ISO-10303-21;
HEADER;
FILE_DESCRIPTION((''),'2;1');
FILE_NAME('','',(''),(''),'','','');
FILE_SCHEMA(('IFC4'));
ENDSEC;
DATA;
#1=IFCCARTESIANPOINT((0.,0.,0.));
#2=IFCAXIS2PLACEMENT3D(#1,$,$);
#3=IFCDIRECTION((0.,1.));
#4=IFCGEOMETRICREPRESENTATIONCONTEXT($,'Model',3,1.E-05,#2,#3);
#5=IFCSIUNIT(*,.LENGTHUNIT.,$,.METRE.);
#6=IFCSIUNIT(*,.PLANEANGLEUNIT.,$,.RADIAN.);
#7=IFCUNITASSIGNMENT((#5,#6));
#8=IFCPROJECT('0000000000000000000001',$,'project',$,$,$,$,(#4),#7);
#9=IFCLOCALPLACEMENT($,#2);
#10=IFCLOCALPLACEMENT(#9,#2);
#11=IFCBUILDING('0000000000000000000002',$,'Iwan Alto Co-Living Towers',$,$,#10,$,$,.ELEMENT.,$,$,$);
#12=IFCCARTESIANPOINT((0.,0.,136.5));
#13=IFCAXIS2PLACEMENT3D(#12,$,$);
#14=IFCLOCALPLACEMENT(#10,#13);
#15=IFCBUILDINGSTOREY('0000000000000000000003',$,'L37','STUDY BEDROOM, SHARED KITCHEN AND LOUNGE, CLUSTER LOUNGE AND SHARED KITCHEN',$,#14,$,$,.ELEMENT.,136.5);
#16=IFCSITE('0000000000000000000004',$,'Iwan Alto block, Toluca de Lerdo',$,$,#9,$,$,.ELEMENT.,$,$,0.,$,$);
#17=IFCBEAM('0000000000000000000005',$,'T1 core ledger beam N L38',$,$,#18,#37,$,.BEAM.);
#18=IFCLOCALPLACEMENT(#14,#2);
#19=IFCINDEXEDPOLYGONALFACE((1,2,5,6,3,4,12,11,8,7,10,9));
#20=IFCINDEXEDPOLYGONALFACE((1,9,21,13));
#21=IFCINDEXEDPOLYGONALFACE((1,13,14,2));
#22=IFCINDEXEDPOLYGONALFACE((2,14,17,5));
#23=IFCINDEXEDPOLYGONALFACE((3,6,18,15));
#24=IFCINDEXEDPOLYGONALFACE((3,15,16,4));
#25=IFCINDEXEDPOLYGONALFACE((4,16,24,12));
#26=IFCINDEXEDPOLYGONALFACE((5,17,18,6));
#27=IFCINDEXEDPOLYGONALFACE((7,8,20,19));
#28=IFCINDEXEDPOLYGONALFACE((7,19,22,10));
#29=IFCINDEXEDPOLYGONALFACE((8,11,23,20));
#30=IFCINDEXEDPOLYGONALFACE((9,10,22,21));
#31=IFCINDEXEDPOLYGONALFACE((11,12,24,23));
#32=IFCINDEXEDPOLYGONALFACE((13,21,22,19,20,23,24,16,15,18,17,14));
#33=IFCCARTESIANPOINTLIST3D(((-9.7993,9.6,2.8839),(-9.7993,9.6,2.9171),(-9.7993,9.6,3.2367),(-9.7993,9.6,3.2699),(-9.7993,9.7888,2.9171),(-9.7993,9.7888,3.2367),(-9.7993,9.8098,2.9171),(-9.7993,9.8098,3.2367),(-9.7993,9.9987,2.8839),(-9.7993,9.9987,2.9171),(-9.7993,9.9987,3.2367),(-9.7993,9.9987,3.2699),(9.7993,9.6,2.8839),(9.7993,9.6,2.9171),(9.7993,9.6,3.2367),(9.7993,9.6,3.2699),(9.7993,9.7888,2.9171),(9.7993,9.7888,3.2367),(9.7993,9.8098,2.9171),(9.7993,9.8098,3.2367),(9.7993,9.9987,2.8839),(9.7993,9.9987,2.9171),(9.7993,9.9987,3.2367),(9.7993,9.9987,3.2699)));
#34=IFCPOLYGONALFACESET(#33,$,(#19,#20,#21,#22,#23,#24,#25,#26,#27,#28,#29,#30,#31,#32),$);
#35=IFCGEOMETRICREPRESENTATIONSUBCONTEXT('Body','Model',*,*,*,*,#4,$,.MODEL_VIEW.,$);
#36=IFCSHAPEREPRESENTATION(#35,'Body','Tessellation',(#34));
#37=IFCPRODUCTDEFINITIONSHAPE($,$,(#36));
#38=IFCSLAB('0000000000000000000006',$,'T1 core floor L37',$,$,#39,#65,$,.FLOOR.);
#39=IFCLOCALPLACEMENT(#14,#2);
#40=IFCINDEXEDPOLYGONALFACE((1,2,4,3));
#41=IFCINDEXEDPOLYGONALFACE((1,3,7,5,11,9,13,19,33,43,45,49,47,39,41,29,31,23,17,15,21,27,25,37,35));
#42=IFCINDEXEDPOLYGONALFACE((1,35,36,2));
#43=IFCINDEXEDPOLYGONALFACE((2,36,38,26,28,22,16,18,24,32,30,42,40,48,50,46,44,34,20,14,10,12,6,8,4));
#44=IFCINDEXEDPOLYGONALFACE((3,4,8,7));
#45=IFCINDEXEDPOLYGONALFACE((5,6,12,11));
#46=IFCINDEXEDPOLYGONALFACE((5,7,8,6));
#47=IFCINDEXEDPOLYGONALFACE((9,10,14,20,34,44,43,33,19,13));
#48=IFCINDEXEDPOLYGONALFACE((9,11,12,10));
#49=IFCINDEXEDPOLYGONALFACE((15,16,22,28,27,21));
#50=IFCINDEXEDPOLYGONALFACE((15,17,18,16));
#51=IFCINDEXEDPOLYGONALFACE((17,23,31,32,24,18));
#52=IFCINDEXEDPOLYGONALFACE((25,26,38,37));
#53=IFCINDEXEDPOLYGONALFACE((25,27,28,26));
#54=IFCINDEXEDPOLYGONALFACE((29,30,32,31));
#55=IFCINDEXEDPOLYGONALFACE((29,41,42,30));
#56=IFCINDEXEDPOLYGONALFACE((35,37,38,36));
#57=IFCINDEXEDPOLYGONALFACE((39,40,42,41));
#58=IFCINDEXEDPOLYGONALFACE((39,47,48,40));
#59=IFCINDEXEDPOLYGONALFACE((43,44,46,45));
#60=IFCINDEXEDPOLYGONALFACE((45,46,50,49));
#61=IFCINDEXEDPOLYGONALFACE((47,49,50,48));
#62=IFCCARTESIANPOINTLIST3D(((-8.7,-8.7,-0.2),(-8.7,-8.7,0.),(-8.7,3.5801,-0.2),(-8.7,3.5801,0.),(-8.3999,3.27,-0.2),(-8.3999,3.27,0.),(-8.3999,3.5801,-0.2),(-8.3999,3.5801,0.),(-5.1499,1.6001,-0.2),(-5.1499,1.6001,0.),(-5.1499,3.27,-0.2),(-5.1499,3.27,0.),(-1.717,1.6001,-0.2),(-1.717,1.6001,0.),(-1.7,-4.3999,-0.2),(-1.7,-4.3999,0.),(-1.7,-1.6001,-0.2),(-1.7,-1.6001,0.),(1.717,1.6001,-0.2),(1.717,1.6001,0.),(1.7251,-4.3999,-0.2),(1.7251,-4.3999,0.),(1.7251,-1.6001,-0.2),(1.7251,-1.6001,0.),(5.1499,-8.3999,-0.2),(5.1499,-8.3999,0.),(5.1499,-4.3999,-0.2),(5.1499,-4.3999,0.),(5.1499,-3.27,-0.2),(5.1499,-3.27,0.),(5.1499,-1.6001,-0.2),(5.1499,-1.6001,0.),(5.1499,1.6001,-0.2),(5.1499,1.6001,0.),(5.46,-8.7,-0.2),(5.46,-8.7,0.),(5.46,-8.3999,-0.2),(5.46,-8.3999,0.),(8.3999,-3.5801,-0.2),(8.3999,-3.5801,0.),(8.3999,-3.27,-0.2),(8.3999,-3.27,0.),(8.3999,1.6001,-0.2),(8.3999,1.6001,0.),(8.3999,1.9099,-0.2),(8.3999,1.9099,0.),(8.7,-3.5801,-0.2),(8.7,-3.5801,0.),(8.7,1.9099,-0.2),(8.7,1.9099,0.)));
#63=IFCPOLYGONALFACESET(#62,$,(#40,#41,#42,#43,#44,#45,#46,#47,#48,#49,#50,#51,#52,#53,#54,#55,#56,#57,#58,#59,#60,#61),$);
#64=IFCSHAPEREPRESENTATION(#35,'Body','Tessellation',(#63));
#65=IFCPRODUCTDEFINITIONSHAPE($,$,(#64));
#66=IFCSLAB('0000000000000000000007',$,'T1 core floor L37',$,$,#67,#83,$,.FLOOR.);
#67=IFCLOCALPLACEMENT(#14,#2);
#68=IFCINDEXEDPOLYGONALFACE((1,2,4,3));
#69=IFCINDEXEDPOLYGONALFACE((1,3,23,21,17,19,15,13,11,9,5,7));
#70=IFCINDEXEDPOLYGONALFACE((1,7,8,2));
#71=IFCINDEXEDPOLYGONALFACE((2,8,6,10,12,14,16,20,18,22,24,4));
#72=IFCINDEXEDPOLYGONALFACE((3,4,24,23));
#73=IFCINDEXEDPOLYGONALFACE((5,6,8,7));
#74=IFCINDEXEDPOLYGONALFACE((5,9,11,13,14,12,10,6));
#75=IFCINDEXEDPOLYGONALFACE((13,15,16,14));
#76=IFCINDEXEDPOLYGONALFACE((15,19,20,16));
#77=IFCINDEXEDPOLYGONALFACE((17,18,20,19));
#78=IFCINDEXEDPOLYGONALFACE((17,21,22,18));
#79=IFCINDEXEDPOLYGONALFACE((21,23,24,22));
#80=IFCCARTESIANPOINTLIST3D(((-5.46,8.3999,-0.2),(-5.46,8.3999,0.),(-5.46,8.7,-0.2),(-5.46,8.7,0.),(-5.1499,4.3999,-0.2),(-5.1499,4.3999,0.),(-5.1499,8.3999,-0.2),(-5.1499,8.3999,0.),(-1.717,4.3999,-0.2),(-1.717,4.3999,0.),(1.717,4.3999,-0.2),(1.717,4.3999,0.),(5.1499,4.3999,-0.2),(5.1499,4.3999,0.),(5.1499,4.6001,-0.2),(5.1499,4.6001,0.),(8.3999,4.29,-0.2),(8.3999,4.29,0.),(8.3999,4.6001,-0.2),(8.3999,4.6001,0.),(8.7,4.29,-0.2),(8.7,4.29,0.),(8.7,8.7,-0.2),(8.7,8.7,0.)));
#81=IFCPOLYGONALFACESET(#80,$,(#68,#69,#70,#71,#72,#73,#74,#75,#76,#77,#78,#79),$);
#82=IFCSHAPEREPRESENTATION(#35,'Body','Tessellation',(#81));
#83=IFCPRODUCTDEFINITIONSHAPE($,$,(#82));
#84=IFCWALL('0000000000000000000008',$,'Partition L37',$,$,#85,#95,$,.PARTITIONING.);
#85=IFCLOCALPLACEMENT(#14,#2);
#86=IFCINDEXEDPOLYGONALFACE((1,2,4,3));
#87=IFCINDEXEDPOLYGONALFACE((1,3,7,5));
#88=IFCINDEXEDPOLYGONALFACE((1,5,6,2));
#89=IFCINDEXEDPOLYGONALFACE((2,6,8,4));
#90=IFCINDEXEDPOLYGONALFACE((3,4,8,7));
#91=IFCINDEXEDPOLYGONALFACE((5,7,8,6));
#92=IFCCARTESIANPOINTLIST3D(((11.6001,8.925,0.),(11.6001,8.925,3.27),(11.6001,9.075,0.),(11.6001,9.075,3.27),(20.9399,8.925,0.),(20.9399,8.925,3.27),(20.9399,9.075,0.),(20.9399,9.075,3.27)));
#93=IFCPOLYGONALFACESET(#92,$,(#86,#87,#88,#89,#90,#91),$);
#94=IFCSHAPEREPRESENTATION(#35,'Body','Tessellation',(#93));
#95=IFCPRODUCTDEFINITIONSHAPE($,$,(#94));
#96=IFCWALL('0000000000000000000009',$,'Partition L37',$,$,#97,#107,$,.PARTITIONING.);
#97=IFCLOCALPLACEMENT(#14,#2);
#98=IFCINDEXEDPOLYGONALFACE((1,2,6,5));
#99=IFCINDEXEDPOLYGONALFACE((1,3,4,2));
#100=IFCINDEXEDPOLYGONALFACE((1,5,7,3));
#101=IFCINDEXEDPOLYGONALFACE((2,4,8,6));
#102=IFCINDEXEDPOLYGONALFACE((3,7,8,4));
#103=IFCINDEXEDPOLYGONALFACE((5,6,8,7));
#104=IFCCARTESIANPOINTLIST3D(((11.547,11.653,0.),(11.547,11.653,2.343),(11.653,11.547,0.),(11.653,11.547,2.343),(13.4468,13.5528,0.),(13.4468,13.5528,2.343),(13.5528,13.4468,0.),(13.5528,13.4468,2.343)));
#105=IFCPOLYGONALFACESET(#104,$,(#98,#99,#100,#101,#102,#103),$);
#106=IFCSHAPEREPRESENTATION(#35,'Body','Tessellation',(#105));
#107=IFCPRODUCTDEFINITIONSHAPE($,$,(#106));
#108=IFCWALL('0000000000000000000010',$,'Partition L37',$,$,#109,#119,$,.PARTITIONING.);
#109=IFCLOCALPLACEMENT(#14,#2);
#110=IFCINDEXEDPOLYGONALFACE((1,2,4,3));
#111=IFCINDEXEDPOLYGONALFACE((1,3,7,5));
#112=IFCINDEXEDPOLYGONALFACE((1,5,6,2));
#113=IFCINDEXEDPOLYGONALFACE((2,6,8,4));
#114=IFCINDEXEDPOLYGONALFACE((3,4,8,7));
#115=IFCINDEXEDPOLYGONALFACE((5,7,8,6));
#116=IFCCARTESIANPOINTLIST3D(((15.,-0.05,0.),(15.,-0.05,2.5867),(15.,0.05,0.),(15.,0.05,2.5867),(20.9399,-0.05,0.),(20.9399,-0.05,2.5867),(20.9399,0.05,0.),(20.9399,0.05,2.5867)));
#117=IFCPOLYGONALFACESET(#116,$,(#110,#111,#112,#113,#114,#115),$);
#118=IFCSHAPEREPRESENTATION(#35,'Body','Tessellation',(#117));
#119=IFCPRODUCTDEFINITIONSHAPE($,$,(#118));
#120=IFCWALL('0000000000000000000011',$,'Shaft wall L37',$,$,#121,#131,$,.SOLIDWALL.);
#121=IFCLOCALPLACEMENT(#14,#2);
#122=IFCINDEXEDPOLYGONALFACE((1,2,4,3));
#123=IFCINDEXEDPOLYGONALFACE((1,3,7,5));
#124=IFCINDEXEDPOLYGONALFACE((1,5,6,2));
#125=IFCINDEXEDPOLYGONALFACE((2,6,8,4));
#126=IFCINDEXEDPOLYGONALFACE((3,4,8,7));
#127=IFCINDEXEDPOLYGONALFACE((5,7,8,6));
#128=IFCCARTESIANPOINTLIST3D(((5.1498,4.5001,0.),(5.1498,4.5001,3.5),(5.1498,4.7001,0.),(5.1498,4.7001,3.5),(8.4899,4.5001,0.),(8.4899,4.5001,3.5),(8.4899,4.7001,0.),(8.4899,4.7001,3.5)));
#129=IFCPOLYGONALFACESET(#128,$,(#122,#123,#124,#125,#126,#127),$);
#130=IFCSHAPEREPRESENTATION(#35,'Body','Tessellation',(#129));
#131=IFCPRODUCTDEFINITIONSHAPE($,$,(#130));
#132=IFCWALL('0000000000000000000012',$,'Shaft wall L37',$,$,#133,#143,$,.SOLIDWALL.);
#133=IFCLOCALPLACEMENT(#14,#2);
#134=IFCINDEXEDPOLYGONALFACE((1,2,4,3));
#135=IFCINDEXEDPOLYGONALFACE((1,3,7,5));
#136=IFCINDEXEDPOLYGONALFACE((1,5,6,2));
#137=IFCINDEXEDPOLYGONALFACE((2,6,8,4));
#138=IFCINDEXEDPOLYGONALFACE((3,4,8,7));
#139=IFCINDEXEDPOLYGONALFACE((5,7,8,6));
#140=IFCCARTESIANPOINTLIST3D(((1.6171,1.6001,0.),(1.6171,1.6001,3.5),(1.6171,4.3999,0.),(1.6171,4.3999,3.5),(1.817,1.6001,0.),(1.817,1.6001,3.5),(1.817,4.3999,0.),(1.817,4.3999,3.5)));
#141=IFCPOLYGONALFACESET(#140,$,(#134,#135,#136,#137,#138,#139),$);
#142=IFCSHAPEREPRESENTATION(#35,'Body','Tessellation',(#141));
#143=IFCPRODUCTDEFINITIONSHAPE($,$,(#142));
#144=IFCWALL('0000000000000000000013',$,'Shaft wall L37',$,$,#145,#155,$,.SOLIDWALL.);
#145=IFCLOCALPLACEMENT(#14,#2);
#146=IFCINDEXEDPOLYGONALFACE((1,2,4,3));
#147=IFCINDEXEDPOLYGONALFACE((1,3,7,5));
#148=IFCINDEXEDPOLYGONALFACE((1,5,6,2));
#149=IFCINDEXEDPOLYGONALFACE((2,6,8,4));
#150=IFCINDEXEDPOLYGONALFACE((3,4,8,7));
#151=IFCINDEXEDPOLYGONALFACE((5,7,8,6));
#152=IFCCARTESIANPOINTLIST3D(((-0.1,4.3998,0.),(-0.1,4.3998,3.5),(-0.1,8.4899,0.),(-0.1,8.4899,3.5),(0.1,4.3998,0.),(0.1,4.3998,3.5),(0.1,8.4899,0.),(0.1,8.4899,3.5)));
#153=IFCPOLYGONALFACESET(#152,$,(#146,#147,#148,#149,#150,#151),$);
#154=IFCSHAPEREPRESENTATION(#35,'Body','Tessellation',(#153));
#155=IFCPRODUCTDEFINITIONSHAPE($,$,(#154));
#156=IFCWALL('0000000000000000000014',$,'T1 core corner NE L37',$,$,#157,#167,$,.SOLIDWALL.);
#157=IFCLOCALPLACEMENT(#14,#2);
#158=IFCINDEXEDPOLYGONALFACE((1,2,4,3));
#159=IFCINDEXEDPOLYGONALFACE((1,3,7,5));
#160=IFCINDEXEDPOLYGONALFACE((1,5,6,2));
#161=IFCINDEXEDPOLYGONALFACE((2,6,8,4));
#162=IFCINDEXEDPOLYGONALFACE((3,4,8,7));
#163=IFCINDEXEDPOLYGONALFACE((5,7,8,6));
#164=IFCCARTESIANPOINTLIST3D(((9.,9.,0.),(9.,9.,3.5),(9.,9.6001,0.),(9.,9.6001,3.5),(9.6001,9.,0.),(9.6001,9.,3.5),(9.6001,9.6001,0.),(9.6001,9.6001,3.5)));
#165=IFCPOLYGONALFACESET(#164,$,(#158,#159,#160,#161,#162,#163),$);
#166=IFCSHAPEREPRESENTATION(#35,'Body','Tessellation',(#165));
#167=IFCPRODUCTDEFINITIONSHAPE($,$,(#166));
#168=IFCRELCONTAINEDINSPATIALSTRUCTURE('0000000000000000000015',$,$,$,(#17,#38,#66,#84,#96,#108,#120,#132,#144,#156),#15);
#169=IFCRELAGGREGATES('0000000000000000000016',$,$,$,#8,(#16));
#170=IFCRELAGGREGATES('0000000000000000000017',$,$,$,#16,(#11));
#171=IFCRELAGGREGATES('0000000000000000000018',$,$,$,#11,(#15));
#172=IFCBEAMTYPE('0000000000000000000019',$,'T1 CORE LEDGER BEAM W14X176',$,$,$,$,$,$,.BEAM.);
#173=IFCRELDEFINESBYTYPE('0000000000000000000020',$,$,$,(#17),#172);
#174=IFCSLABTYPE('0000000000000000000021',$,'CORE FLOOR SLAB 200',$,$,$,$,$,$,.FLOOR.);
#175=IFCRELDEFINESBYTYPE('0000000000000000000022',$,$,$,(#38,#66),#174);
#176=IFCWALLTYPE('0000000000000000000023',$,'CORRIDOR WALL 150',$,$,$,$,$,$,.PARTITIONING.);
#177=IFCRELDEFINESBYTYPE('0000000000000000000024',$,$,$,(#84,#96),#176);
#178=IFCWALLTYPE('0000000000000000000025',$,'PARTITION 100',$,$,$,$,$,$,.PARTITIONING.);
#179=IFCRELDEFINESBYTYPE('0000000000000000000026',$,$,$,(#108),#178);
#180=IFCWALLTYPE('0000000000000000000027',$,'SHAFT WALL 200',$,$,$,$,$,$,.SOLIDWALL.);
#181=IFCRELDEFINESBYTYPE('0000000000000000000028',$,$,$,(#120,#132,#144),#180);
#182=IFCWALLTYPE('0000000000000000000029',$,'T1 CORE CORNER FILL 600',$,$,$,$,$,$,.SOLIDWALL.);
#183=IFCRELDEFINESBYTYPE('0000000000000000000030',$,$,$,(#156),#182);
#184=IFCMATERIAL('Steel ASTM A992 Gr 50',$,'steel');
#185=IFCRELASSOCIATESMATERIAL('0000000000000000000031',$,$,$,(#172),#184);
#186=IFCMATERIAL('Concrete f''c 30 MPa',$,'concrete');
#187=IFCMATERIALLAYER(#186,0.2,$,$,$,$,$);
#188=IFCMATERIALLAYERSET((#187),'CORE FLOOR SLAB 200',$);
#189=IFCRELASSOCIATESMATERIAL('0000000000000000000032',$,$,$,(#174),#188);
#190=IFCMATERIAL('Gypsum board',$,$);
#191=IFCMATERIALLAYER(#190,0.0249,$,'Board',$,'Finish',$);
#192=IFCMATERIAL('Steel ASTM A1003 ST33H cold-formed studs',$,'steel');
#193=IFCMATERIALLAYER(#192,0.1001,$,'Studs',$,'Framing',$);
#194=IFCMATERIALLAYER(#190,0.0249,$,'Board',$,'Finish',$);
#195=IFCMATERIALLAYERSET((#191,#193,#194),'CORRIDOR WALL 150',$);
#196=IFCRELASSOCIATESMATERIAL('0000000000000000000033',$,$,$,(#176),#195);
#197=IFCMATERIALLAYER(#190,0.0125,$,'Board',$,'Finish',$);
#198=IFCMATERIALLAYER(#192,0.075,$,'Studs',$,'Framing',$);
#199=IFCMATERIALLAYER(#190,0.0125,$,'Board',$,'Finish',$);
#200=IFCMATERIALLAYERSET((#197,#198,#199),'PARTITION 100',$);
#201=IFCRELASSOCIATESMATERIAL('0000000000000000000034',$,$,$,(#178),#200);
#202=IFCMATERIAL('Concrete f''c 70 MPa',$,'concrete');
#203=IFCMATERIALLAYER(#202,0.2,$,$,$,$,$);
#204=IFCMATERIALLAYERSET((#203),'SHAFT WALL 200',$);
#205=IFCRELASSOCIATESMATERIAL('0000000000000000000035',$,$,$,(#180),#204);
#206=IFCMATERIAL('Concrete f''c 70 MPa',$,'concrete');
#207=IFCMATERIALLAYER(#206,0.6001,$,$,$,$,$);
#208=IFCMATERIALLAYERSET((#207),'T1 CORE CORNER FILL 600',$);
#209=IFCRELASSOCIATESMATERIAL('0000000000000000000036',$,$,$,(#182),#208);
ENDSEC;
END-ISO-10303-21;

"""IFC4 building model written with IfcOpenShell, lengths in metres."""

from ifc_helpers import new_model, si_unit, direction, frame, frame_2d, origin, origin_2d, place, context, subcontext, project, spatial, polyline, rectangle, i_section, outline, extrude, material, layer, layer_set, material_profile, profile_set, type_object, element, save


model = new_model("IFC4")

# Units and contexts
model_context = context("Model", 3, precision=1e-05, world=origin(), true_north=direction((0.0, 1.0)))
body_context = subcontext(model_context, "Body", "Model", "MODEL_VIEW")
ifc_project = project(units=[si_unit("LENGTHUNIT", "METRE"), si_unit("PLANEANGLEUNIT", "RADIAN")], contexts=[model_context])

# Site, building, storey
site_placement = place(None, origin())
site = spatial("IfcSite", under=ifc_project, at=site_placement, Name="Iwan Alto block, Toluca de Lerdo", CompositionType="ELEMENT", RefElevation=0.0)
building_placement = place(site_placement, origin())
building = spatial("IfcBuilding", under=site, at=building_placement, Name="Iwan Alto Co-Living Towers", CompositionType="ELEMENT")
storey_placement = place(building_placement, frame((0.0, 0.0, 136.5)))
storey = spatial("IfcBuildingStorey", under=building, at=storey_placement, Name="L37", Description="STUDY BEDROOM, SHARED KITCHEN AND LOUNGE, CLUSTER LOUNGE AND SHARED KITCHEN", CompositionType="ELEMENT", Elevation=136.5)

# Beam
ifc_material_1 = material(Name="Steel ASTM A992 Gr 50", Category="steel")
ifc_material_profile = material_profile(ifc_material_1, i_section(OverallWidth=0.3987, OverallDepth=0.386, WebThickness=0.021, FlangeThickness=0.0332, at=origin_2d()), Name="W14X176")
ifc_profile_set = profile_set([ifc_material_profile], Name="Steel ASTM A992 Gr 50")
beam_type = type_object("IfcBeamType", Name="T1 CORE LEDGER BEAM W14X176", PredefinedType="BEAM", material=ifc_profile_set)
beam_placement = place(storey_placement, frame((9.7993, 9.7993, 3.0769), z_axis=(-1.0, 0.0, 0.0), x_axis=(0.0, -1.0, 0.0)))
element("IfcBeam", 1, at=beam_placement, inside=storey, type_object=beam_type, Name="T1 core ledger beam N L38", PredefinedType="BEAM", context=body_context, shape_type="SweptSolid", body=[
    extrude(i_section(OverallWidth=0.3987, OverallDepth=0.386, WebThickness=0.021, FlangeThickness=0.0332, at=origin_2d()), origin(), (0.0, 0.0, 1.0), 19.5986),
])

# Slabs
ifc_material_2 = material(Name="Concrete f'c 30 MPa", Category="concrete")
ifc_layer_1 = layer(ifc_material_2, 0.2)
ifc_layer_set_1 = layer_set([ifc_layer_1], Name="CORE FLOOR SLAB 200")
slab_type = type_object("IfcSlabType", Name="CORE FLOOR SLAB 200", PredefinedType="FLOOR", material=ifc_layer_set_1)
slab_1_placement = place(storey_placement, frame((0.0, 0.0, -0.2)))
element("IfcSlab", 2, at=slab_1_placement, inside=storey, type_object=slab_type, Name="T1 core floor L37", PredefinedType="FLOOR", context=body_context, shape_type="SweptSolid", body=[
    extrude(outline(polyline([(5.1499, -1.6001), (1.7251, -1.6001), (-1.7, -1.6001), (-1.7, -4.3999), (1.7251, -4.3999), (5.1499, -4.3999), (5.1499, -8.3999), (5.46, -8.3999), (5.46, -8.7), (-8.7, -8.7), (-8.7, 3.5801), (-8.3999, 3.5801), (-8.3999, 3.27), (-5.1499, 3.27), (-5.1499, 1.6001), (-1.717, 1.6001), (1.717, 1.6001), (5.1499, 1.6001), (8.3999, 1.6001), (8.3999, 1.9099), (8.7, 1.9099), (8.7, -3.5801), (8.3999, -3.5801), (8.3999, -3.27), (5.1499, -3.27), (5.1499, -1.6001)])), origin(), (0.0, 0.0, 1.0), 0.2),
])
slab_2_placement = place(storey_placement, frame((0.0, 0.0, -0.2)))
element("IfcSlab", 3, at=slab_2_placement, inside=storey, type_object=slab_type, Name="T1 core floor L37", PredefinedType="FLOOR", context=body_context, shape_type="SweptSolid", body=[
    extrude(outline(polyline([(1.717, 4.3999), (-1.717, 4.3999), (-5.1499, 4.3999), (-5.1499, 8.3999), (-5.46, 8.3999), (-5.46, 8.7), (8.7, 8.7), (8.7, 4.29), (8.3999, 4.29), (8.3999, 4.6001), (5.1499, 4.6001), (5.1499, 4.3999), (1.717, 4.3999)])), origin(), (0.0, 0.0, 1.0), 0.2),
])

# Walls
ifc_material_3 = material(Name="Gypsum board")
ifc_layer_2 = layer(ifc_material_3, 0.0249, Name="Board", Category="Finish")
ifc_material_4 = material(Name="Steel ASTM A1003 ST33H cold-formed studs", Category="steel")
ifc_layer_3 = layer(ifc_material_4, 0.1001, Name="Studs", Category="Framing")
ifc_layer_4 = layer(ifc_material_3, 0.0249, Name="Board", Category="Finish")
ifc_layer_set_2 = layer_set([ifc_layer_2, ifc_layer_3, ifc_layer_4], Name="CORRIDOR WALL 150")
wall_type_1 = type_object("IfcWallType", Name="CORRIDOR WALL 150", PredefinedType="PARTITIONING", material=ifc_layer_set_2)
wall_1_placement = place(storey_placement, frame((11.6001, 9.0, 0.0), z_axis=(0.0, 0.0, 1.0), x_axis=(1.0, 0.0, 0.0)))
element("IfcWall", 4, at=wall_1_placement, inside=storey, type_object=wall_type_1, Name="Partition L37", PredefinedType="PARTITIONING", context=body_context, shape_type="SweptSolid", body=[
    extrude(rectangle(XDim=9.3398, YDim=0.1499, at=frame_2d((4.6699, 0.0))), origin(), (0.0, 0.0, 1.0), 3.27),
])
wall_2_placement = place(storey_placement, frame((11.6001, 11.6001, 0.0), z_axis=(0.0, 0.0, 1.0), x_axis=(0.707107, 0.707107, 0.0)))
element("IfcWall", 5, at=wall_2_placement, inside=storey, type_object=wall_type_1, Name="Partition L37", PredefinedType="PARTITIONING", context=body_context, shape_type="SweptSolid", body=[
    extrude(rectangle(XDim=2.6868, YDim=0.1499, at=frame_2d((1.3433, 0.0))), origin(), (0.0, 0.0, 1.0), 2.343),
])
ifc_layer_5 = layer(ifc_material_3, 0.0125, Name="Board", Category="Finish")
ifc_layer_6 = layer(ifc_material_4, 0.075, Name="Studs", Category="Framing")
ifc_layer_7 = layer(ifc_material_3, 0.0125, Name="Board", Category="Finish")
ifc_layer_set_3 = layer_set([ifc_layer_5, ifc_layer_6, ifc_layer_7], Name="PARTITION 100")
wall_type_2 = type_object("IfcWallType", Name="PARTITION 100", PredefinedType="PARTITIONING", material=ifc_layer_set_3)
wall_3_placement = place(storey_placement, frame((15.0, 0.0, 0.0), z_axis=(0.0, 0.0, 1.0), x_axis=(1.0, 0.0, 0.0)))
element("IfcWall", 6, at=wall_3_placement, inside=storey, type_object=wall_type_2, Name="Partition L37", PredefinedType="PARTITIONING", context=body_context, shape_type="SweptSolid", body=[
    extrude(rectangle(XDim=5.9399, YDim=0.1001, at=frame_2d((2.97, 0.0))), origin(), (0.0, 0.0, 1.0), 2.5867),
])
ifc_material_5 = material(Name="Concrete f'c 70 MPa", Category="concrete")
ifc_layer_8 = layer(ifc_material_5, 0.2)
ifc_layer_set_4 = layer_set([ifc_layer_8], Name="SHAFT WALL 200")
wall_type_3 = type_object("IfcWallType", Name="SHAFT WALL 200", PredefinedType="SOLIDWALL", material=ifc_layer_set_4)
wall_4_placement = place(storey_placement, frame((5.1499, 4.6001, 0.0), z_axis=(0.0, 0.0, 1.0), x_axis=(1.0, 0.0, 0.0)))
element("IfcWall", 7, at=wall_4_placement, inside=storey, type_object=wall_type_3, Name="Shaft wall L37", PredefinedType="SOLIDWALL", context=body_context, shape_type="SweptSolid", body=[
    extrude(rectangle(XDim=3.3401, YDim=0.2, at=frame_2d((1.6699, 0.0))), origin(), (0.0, 0.0, 1.0), 3.5),
])
wall_5_placement = place(storey_placement, frame((1.717, 1.6001, 0.0), z_axis=(0.0, 0.0, 1.0), x_axis=(0.0, 1.0, 0.0)))
element("IfcWall", 8, at=wall_5_placement, inside=storey, type_object=wall_type_3, Name="Shaft wall L37", PredefinedType="SOLIDWALL", context=body_context, shape_type="SweptSolid", body=[
    extrude(rectangle(XDim=2.7998, YDim=0.2, at=frame_2d((1.3999, 0.0))), origin(), (0.0, 0.0, 1.0), 3.5),
])
wall_6_placement = place(storey_placement, frame((0.0, 4.3999, 0.0), z_axis=(0.0, 0.0, 1.0), x_axis=(0.0, 1.0, 0.0)))
element("IfcWall", 9, at=wall_6_placement, inside=storey, type_object=wall_type_3, Name="Shaft wall L37", PredefinedType="SOLIDWALL", context=body_context, shape_type="SweptSolid", body=[
    extrude(rectangle(XDim=4.0901, YDim=0.2, at=frame_2d((2.0449, 0.0))), origin(), (0.0, 0.0, 1.0), 3.5),
])
ifc_material_6 = material(Name="Concrete f'c 70 MPa", Category="concrete")
ifc_layer_9 = layer(ifc_material_6, 0.6001)
ifc_layer_set_5 = layer_set([ifc_layer_9], Name="T1 CORE CORNER FILL 600")
wall_type_4 = type_object("IfcWallType", Name="T1 CORE CORNER FILL 600", PredefinedType="SOLIDWALL", material=ifc_layer_set_5)
wall_7_placement = place(storey_placement, frame((9.0, 9.3, 0.0), z_axis=(0.0, 0.0, 1.0), x_axis=(1.0, 0.0, 0.0)))
element("IfcWall", 10, at=wall_7_placement, inside=storey, type_object=wall_type_4, Name="T1 core corner NE L37", PredefinedType="SOLIDWALL", context=body_context, shape_type="SweptSolid", body=[
    extrude(rectangle(XDim=0.6001, YDim=0.6001, at=frame_2d((0.3, 0.0))), origin(), (0.0, 0.0, 1.0), 3.5),
])

save(model, "model.ifc")
